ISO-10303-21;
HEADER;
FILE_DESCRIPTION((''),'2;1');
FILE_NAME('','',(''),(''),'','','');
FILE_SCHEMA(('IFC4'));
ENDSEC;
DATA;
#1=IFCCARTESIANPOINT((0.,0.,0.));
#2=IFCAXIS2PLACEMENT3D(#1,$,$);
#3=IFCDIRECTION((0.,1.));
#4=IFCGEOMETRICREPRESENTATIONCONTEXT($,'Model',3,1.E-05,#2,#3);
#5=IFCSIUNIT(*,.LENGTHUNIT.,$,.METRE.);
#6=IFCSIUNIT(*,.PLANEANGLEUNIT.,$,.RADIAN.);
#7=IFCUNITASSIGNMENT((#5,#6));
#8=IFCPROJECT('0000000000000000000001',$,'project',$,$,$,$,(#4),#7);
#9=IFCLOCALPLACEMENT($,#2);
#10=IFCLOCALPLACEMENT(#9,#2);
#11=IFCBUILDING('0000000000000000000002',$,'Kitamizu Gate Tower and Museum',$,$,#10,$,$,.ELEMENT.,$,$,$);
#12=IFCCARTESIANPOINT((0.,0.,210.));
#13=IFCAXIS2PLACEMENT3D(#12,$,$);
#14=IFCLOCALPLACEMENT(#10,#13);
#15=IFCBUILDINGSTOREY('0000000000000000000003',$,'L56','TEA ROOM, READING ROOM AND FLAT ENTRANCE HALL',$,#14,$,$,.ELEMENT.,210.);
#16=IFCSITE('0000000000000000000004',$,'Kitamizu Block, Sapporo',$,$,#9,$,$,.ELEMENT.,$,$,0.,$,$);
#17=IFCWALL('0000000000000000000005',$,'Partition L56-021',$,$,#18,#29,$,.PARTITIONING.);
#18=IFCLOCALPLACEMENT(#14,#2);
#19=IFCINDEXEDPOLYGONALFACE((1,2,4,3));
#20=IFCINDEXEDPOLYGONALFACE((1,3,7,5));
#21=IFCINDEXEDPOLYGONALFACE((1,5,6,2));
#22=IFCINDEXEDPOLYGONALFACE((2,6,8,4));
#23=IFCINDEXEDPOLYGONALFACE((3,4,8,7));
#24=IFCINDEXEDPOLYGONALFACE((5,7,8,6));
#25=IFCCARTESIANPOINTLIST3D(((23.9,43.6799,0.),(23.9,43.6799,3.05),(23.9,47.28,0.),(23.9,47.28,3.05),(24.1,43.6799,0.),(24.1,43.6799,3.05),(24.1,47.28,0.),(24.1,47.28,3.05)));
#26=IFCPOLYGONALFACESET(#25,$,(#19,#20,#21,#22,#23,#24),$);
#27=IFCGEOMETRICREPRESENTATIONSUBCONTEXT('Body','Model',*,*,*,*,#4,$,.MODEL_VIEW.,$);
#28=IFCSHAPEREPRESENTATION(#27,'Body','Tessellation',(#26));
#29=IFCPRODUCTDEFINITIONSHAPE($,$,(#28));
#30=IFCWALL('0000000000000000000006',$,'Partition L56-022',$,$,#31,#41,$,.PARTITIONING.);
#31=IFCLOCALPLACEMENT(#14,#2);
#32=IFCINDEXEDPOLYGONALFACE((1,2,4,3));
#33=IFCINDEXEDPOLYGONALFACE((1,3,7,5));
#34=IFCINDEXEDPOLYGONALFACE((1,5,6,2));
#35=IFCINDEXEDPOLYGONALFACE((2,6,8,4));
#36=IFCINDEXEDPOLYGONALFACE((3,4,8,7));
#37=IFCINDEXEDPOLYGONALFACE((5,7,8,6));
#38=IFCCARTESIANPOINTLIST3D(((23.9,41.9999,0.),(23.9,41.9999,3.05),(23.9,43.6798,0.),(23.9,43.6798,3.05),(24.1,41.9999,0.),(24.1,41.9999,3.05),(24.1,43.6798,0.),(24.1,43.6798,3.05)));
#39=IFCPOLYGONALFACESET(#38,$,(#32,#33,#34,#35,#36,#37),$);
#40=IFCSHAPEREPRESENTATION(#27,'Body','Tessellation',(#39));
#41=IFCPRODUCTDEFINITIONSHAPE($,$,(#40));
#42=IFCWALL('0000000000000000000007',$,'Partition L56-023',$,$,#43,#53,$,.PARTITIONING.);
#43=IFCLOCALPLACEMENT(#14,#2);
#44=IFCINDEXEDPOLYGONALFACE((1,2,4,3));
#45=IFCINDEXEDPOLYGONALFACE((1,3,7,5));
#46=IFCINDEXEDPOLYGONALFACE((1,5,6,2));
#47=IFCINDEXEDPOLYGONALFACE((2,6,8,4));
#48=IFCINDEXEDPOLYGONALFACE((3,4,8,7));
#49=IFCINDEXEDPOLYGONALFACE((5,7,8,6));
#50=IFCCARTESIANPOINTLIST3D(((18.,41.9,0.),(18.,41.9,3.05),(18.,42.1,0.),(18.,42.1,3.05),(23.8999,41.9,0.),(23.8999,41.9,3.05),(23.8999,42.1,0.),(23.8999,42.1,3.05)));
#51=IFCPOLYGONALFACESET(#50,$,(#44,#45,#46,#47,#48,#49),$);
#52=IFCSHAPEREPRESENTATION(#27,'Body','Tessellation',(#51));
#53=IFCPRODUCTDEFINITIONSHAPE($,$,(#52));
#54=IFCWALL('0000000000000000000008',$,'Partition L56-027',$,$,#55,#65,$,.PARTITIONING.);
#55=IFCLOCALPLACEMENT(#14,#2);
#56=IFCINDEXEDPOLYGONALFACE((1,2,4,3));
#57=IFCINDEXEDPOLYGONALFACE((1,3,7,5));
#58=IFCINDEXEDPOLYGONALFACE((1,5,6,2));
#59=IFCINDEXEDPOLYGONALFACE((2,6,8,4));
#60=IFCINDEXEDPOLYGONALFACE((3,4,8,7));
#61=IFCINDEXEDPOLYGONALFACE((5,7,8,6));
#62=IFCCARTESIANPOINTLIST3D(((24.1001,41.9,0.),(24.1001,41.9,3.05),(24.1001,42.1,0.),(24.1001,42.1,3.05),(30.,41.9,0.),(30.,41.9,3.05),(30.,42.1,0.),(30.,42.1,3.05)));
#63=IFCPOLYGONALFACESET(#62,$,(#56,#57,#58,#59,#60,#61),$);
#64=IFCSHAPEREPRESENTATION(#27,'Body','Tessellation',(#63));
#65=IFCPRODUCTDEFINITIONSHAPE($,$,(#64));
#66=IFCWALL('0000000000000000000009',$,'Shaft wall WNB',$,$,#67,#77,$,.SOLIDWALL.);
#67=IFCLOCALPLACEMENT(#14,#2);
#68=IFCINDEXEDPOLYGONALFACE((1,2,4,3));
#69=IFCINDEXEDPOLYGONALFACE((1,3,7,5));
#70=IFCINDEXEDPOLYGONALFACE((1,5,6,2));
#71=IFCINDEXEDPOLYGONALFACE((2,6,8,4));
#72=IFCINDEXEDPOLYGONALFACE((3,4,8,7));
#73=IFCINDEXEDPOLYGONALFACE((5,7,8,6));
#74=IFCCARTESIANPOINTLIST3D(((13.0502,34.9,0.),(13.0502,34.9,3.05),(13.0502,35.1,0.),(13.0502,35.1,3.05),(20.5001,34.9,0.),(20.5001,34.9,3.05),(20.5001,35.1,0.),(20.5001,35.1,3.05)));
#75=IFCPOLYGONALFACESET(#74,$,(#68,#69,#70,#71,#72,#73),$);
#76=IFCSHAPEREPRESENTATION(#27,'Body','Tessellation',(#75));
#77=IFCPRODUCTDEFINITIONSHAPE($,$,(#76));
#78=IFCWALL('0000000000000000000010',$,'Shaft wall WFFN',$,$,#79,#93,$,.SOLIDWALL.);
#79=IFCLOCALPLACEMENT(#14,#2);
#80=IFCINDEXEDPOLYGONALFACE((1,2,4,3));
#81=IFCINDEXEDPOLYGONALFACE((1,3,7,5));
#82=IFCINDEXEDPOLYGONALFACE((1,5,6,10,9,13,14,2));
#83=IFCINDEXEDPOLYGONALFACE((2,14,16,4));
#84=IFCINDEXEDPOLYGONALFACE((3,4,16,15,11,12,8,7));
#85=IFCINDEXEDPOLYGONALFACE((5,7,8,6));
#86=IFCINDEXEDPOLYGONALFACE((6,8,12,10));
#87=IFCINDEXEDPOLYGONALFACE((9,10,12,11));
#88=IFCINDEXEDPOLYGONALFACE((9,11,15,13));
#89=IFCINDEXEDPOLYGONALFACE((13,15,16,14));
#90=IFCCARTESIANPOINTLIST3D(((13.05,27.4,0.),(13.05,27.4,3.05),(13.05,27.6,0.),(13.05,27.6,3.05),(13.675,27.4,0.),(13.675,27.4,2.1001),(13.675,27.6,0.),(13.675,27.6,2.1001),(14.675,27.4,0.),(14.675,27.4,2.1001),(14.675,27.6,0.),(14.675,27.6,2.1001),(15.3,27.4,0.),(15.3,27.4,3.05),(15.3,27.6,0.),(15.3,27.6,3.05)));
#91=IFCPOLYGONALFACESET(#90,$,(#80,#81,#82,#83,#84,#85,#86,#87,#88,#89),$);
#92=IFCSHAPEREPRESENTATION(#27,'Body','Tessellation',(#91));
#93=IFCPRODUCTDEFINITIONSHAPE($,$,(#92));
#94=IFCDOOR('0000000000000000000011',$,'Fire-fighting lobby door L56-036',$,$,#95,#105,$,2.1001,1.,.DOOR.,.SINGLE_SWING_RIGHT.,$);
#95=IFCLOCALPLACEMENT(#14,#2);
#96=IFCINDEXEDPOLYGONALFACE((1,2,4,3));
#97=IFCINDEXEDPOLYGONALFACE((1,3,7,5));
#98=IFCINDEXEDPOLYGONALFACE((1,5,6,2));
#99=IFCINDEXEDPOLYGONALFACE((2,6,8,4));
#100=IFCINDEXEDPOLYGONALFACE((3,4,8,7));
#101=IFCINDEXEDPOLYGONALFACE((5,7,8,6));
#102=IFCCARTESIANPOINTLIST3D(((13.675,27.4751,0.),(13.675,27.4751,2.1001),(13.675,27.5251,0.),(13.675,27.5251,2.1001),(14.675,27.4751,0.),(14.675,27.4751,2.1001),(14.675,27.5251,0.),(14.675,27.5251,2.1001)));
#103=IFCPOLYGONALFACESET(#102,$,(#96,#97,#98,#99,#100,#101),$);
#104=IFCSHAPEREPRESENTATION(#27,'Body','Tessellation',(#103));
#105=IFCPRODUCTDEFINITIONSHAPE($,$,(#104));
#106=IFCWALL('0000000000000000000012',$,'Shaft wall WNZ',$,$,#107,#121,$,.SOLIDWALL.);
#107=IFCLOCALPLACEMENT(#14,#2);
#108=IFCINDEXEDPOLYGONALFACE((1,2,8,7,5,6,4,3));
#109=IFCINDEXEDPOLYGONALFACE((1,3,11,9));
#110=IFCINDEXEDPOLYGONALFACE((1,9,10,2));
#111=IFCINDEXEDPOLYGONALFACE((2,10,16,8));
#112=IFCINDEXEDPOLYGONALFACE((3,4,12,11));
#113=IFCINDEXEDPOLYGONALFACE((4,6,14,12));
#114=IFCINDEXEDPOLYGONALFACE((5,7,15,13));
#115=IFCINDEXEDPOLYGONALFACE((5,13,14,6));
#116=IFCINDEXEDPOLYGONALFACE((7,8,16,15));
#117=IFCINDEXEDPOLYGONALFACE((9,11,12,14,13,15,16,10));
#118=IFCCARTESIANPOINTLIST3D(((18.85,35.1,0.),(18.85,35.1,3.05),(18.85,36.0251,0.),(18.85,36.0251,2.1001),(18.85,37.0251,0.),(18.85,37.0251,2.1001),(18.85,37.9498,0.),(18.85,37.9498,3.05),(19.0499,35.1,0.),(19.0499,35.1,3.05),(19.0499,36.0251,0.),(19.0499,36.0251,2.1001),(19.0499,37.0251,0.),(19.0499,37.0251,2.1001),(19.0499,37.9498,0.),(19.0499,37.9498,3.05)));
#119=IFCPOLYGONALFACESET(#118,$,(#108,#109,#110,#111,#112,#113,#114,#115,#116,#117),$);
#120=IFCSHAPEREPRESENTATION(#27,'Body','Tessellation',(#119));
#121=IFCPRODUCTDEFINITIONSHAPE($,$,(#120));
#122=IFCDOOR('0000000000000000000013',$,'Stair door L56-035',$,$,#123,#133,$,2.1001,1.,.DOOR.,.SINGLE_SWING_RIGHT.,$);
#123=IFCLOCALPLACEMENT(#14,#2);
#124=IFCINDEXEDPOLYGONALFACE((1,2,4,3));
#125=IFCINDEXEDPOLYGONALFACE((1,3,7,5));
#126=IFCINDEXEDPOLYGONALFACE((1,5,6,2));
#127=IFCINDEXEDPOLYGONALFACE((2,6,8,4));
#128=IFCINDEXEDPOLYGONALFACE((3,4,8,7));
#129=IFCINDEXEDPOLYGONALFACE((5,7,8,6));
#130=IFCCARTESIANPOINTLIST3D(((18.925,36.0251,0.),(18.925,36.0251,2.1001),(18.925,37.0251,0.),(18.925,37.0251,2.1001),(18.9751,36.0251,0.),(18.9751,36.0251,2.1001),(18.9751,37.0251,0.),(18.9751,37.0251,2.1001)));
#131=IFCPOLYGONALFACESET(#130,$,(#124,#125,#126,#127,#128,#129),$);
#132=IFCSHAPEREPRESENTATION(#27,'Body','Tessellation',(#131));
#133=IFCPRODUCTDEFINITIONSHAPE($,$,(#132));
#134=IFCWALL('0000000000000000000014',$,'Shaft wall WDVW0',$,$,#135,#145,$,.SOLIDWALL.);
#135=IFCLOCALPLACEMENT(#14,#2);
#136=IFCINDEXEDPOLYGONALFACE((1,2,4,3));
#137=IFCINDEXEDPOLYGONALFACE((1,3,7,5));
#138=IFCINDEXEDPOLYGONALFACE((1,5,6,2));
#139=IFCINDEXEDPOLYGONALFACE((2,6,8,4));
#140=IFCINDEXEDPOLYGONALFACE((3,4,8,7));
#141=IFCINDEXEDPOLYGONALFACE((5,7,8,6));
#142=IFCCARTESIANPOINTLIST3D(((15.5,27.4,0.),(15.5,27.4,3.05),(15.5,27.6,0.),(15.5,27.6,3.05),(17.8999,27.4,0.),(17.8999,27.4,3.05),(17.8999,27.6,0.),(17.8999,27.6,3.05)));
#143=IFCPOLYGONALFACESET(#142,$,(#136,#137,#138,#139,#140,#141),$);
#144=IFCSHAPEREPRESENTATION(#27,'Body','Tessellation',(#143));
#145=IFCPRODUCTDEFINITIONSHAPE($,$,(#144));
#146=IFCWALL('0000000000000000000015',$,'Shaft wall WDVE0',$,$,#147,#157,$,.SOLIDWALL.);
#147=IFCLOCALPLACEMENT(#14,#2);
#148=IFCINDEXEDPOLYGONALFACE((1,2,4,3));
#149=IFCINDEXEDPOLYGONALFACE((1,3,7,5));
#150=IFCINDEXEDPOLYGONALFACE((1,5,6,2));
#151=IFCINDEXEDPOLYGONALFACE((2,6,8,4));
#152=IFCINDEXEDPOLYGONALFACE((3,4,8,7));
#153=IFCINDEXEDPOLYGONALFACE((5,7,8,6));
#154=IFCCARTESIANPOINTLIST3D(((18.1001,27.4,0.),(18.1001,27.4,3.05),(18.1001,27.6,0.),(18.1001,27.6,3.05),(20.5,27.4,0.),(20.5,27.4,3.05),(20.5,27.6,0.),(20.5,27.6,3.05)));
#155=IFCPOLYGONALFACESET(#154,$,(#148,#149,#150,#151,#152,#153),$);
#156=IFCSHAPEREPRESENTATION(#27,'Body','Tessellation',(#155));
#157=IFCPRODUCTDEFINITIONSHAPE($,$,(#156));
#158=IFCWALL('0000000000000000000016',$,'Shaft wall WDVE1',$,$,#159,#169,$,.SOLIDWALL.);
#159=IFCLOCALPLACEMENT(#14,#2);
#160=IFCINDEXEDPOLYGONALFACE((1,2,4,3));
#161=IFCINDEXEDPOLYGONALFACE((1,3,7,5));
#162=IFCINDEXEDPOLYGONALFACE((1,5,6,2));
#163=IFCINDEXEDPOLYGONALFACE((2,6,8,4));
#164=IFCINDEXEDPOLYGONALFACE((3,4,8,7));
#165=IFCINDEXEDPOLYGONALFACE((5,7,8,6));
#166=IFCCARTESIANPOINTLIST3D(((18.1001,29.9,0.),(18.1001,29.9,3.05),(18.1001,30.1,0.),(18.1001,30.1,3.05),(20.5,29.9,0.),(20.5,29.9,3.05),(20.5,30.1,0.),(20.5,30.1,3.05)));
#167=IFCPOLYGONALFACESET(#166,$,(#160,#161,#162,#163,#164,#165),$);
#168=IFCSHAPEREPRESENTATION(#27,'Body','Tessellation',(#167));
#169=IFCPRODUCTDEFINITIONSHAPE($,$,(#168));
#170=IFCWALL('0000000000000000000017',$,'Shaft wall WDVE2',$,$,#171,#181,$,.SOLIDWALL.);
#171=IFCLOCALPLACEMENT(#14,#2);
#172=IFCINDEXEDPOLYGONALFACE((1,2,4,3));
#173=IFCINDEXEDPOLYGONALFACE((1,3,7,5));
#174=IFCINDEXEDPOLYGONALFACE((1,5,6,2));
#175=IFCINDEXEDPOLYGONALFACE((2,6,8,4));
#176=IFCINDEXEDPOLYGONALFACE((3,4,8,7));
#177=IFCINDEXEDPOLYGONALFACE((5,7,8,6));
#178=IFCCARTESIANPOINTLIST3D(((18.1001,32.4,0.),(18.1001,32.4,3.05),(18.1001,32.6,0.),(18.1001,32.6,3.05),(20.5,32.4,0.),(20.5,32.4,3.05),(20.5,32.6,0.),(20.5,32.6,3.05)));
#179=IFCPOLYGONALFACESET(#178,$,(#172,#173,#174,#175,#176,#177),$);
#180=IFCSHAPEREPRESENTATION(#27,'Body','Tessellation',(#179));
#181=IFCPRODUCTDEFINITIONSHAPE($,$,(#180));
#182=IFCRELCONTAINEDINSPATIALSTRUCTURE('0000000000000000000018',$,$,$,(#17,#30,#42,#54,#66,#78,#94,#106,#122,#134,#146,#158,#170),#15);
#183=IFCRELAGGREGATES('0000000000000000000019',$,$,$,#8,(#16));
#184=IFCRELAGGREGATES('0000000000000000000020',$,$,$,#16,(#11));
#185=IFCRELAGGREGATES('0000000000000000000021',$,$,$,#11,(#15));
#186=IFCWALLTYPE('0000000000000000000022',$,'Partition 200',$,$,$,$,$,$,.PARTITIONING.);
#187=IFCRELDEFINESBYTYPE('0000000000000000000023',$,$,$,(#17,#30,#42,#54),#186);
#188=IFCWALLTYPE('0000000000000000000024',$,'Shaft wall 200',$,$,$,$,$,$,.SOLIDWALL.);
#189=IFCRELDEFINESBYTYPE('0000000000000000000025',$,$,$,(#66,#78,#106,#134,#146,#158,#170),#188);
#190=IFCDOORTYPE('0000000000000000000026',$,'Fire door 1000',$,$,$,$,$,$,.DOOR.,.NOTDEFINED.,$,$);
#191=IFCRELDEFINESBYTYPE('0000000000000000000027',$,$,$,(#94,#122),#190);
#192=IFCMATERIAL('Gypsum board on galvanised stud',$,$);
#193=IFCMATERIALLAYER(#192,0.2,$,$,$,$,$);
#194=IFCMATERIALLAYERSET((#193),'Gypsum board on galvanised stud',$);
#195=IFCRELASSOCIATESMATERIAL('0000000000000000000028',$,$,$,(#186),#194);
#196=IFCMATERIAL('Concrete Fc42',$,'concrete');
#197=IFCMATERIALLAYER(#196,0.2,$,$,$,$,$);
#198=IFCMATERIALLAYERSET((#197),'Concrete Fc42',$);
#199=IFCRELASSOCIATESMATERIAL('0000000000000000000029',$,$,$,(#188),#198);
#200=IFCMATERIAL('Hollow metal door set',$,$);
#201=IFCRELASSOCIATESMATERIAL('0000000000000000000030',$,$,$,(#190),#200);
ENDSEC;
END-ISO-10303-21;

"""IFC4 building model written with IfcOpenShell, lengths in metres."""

from ifc_helpers import new_model, si_unit, direction, frame, frame_2d, origin, place, context, subcontext, project, spatial, rectangle, extrude, material, layer, layer_set, type_object, element, fill, save


model = new_model("IFC4")

# Units and contexts
model_context = context("Model", 3, precision=1e-05, world=origin(), true_north=direction((0.0, 1.0)))
body_context = subcontext(model_context, "Body", "Model", "MODEL_VIEW")
ifc_project = project(units=[si_unit("LENGTHUNIT", "METRE"), si_unit("PLANEANGLEUNIT", "RADIAN")], contexts=[model_context])

# Site, building, storey
site_placement = place(None, origin())
site = spatial("IfcSite", under=ifc_project, at=site_placement, Name="Kitamizu Block, Sapporo", CompositionType="ELEMENT", RefElevation=0.0)
building_placement = place(site_placement, origin())
building = spatial("IfcBuilding", under=site, at=building_placement, Name="Kitamizu Gate Tower and Museum", CompositionType="ELEMENT")
storey_placement = place(building_placement, frame((0.0, 0.0, 210.0)))
storey = spatial("IfcBuildingStorey", under=building, at=storey_placement, Name="L56", Description="TEA ROOM, READING ROOM AND FLAT ENTRANCE HALL", CompositionType="ELEMENT", Elevation=210.0)

# Walls
ifc_material_1 = material(Name="Gypsum board on galvanised stud")
ifc_layer_1 = layer(ifc_material_1, 0.2)
ifc_layer_set_1 = layer_set([ifc_layer_1], Name="Gypsum board on galvanised stud")
wall_type_1 = type_object("IfcWallType", Name="Partition 200", PredefinedType="PARTITIONING", material=ifc_layer_set_1)
wall_1_placement = place(storey_placement, frame((24.0, 43.6799, 0.0), z_axis=(0.0, 0.0, 1.0), x_axis=(0.0, 1.0, 0.0)))
element("IfcWall", 1, at=wall_1_placement, inside=storey, type_object=wall_type_1, Name="Partition L56-021", PredefinedType="PARTITIONING", context=body_context, shape_type="SweptSolid", body=[
    extrude(rectangle(XDim=3.6001, YDim=0.2, at=frame_2d((1.8, 0.0))), origin(), (0.0, 0.0, 1.0), 3.05),
])
wall_2_placement = place(storey_placement, frame((24.0, 42.0, 0.0), z_axis=(0.0, 0.0, 1.0), x_axis=(0.0, 1.0, 0.0)))
element("IfcWall", 2, at=wall_2_placement, inside=storey, type_object=wall_type_1, Name="Partition L56-022", PredefinedType="PARTITIONING", context=body_context, shape_type="SweptSolid", body=[
    extrude(rectangle(XDim=1.6799, YDim=0.2, at=frame_2d((0.8398, 0.0))), origin(), (0.0, 0.0, 1.0), 3.05),
])
for number, where, z_axis, x_axis, name in (
    (3, (18.0, 42.0, 0.0), (0.0, 0.0, 1.0), (1.0, 0.0, 0.0), "Partition L56-023"),
    (4, (24.1001, 42.0, 0.0), (0.0, 0.0, 1.0), (1.0, 0.0, 0.0), "Partition L56-027"),
):
    element("IfcWall", number, at=place(storey_placement, frame(where, z_axis=z_axis, x_axis=x_axis)), inside=storey, type_object=wall_type_1, Name=name, PredefinedType="PARTITIONING", context=body_context, shape_type="SweptSolid", body=[
        extrude(rectangle(XDim=5.8999, YDim=0.2, at=frame_2d((2.95, 0.0))), origin(), (0.0, 0.0, 1.0), 3.05),
    ])
ifc_material_2 = material(Name="Concrete Fc42", Category="concrete")
ifc_layer_2 = layer(ifc_material_2, 0.2)
ifc_layer_set_2 = layer_set([ifc_layer_2], Name="Concrete Fc42")
wall_type_2 = type_object("IfcWallType", Name="Shaft wall 200", PredefinedType="SOLIDWALL", material=ifc_layer_set_2)
wall_3_placement = place(storey_placement, frame((13.05, 35.0, 0.0), z_axis=(0.0, 0.0, 1.0), x_axis=(1.0, 0.0, 0.0)))
element("IfcWall", 5, at=wall_3_placement, inside=storey, type_object=wall_type_2, Name="Shaft wall WNB", PredefinedType="SOLIDWALL", context=body_context, shape_type="SweptSolid", body=[
    extrude(rectangle(XDim=7.45, YDim=0.2, at=frame_2d((3.7251, 0.0))), origin(), (0.0, 0.0, 1.0), 3.05),
])

# Walls, openings, doors
wall_4_placement = place(storey_placement, frame((13.05, 27.5, 0.0), z_axis=(0.0, 0.0, 1.0), x_axis=(1.0, 0.0, 0.0)))
wall_4 = element("IfcWall", 6, at=wall_4_placement, inside=storey, type_object=wall_type_2, Name="Shaft wall WFFN", PredefinedType="SOLIDWALL", context=body_context, shape_type="SweptSolid", body=[
    extrude(rectangle(XDim=2.25, YDim=0.2, at=frame_2d((1.125, 0.0))), origin(), (0.0, 0.0, 1.0), 3.05),
])
opening_1_placement = place(wall_4_placement, frame((0.625, 0.0, 0.0)))
opening_1 = element("IfcOpeningElement", 7, at=opening_1_placement, cuts=wall_4, PredefinedType="OPENING", context=body_context, shape_type="SweptSolid", body=[
    extrude(rectangle(XDim=1.0, YDim=2.1001, at=frame_2d((0.5, 1.05))), frame((0.0, 0.1099, 0.0), z_axis=(0.0, -1.0, 0.0), x_axis=(1.0, 0.0, 0.0)), (0.0, 0.0, 1.0), 0.22),
])
ifc_material_3 = material(Name="Hollow metal door set")
door_type_1 = type_object("IfcDoorType", Name="Fire door 1000", OperationType="NOTDEFINED", PredefinedType="DOOR", material=ifc_material_3)
door_1_placement = place(opening_1_placement, frame((1.0, 0.0, 0.0), x_axis=(-1.0, 0.0, 0.0)))
door_1 = element("IfcDoor", 8, at=door_1_placement, inside=storey, type_object=door_type_1, Name="Fire-fighting lobby door L56-036", OperationType="SINGLE_SWING_RIGHT", OverallHeight=2.1001, OverallWidth=1.0, PredefinedType="DOOR", context=body_context, shape_type="SweptSolid", body=[
    extrude(rectangle(XDim=1.0, YDim=2.1001, at=frame_2d((0.5, 1.05))), frame((0.0, 0.0249, 0.0), z_axis=(0.0, -1.0, 0.0), x_axis=(1.0, 0.0, 0.0)), (0.0, 0.0, 1.0), 0.05),
])
fill(opening_1, door_1)
wall_5_placement = place(storey_placement, frame((18.95, 35.1001, 0.0), z_axis=(0.0, 0.0, 1.0), x_axis=(0.0, 1.0, 0.0)))
wall_5 = element("IfcWall", 9, at=wall_5_placement, inside=storey, type_object=wall_type_2, Name="Shaft wall WNZ", PredefinedType="SOLIDWALL", context=body_context, shape_type="SweptSolid", body=[
    extrude(rectangle(XDim=2.8499, YDim=0.2, at=frame_2d((1.4248, 0.0))), origin(), (0.0, 0.0, 1.0), 3.05),
])
opening_2_placement = place(wall_5_placement, frame((0.925, 0.0, 0.0)))
opening_2 = element("IfcOpeningElement", 10, at=opening_2_placement, cuts=wall_5, PredefinedType="OPENING", context=body_context, shape_type="SweptSolid", body=[
    extrude(rectangle(XDim=1.0, YDim=2.1001, at=frame_2d((0.5, 1.05))), frame((0.0, 0.1099, 0.0), z_axis=(0.0, -1.0, 0.0), x_axis=(1.0, 0.0, 0.0)), (0.0, 0.0, 1.0), 0.22),
])
door_2_placement = place(opening_2_placement, origin())
door_2 = element("IfcDoor", 11, at=door_2_placement, inside=storey, type_object=door_type_1, Name="Stair door L56-035", OperationType="SINGLE_SWING_RIGHT", OverallHeight=2.1001, OverallWidth=1.0, PredefinedType="DOOR", context=body_context, shape_type="SweptSolid", body=[
    extrude(rectangle(XDim=1.0, YDim=2.1001, at=frame_2d((0.5, 1.05))), frame((0.0, 0.0249, 0.0), z_axis=(0.0, -1.0, 0.0), x_axis=(1.0, 0.0, 0.0)), (0.0, 0.0, 1.0), 0.05),
])
fill(opening_2, door_2)

# Walls
for number, where, z_axis, x_axis, name in (
    (12, (15.5, 27.5, 0.0), (0.0, 0.0, 1.0), (1.0, 0.0, 0.0), "Shaft wall WDVW0"),
    (13, (18.1001, 27.5, 0.0), (0.0, 0.0, 1.0), (1.0, 0.0, 0.0), "Shaft wall WDVE0"),
    (14, (18.1001, 30.0, 0.0), (0.0, 0.0, 1.0), (1.0, 0.0, 0.0), "Shaft wall WDVE1"),
    (15, (18.1001, 32.5, 0.0), (0.0, 0.0, 1.0), (1.0, 0.0, 0.0), "Shaft wall WDVE2"),
):
    element("IfcWall", number, at=place(storey_placement, frame(where, z_axis=z_axis, x_axis=x_axis)), inside=storey, type_object=wall_type_2, Name=name, PredefinedType="SOLIDWALL", context=body_context, shape_type="SweptSolid", body=[
        extrude(rectangle(XDim=2.3999, YDim=0.2, at=frame_2d((1.2, 0.0))), origin(), (0.0, 0.0, 1.0), 3.05),
    ])

save(model, "model.ifc")
